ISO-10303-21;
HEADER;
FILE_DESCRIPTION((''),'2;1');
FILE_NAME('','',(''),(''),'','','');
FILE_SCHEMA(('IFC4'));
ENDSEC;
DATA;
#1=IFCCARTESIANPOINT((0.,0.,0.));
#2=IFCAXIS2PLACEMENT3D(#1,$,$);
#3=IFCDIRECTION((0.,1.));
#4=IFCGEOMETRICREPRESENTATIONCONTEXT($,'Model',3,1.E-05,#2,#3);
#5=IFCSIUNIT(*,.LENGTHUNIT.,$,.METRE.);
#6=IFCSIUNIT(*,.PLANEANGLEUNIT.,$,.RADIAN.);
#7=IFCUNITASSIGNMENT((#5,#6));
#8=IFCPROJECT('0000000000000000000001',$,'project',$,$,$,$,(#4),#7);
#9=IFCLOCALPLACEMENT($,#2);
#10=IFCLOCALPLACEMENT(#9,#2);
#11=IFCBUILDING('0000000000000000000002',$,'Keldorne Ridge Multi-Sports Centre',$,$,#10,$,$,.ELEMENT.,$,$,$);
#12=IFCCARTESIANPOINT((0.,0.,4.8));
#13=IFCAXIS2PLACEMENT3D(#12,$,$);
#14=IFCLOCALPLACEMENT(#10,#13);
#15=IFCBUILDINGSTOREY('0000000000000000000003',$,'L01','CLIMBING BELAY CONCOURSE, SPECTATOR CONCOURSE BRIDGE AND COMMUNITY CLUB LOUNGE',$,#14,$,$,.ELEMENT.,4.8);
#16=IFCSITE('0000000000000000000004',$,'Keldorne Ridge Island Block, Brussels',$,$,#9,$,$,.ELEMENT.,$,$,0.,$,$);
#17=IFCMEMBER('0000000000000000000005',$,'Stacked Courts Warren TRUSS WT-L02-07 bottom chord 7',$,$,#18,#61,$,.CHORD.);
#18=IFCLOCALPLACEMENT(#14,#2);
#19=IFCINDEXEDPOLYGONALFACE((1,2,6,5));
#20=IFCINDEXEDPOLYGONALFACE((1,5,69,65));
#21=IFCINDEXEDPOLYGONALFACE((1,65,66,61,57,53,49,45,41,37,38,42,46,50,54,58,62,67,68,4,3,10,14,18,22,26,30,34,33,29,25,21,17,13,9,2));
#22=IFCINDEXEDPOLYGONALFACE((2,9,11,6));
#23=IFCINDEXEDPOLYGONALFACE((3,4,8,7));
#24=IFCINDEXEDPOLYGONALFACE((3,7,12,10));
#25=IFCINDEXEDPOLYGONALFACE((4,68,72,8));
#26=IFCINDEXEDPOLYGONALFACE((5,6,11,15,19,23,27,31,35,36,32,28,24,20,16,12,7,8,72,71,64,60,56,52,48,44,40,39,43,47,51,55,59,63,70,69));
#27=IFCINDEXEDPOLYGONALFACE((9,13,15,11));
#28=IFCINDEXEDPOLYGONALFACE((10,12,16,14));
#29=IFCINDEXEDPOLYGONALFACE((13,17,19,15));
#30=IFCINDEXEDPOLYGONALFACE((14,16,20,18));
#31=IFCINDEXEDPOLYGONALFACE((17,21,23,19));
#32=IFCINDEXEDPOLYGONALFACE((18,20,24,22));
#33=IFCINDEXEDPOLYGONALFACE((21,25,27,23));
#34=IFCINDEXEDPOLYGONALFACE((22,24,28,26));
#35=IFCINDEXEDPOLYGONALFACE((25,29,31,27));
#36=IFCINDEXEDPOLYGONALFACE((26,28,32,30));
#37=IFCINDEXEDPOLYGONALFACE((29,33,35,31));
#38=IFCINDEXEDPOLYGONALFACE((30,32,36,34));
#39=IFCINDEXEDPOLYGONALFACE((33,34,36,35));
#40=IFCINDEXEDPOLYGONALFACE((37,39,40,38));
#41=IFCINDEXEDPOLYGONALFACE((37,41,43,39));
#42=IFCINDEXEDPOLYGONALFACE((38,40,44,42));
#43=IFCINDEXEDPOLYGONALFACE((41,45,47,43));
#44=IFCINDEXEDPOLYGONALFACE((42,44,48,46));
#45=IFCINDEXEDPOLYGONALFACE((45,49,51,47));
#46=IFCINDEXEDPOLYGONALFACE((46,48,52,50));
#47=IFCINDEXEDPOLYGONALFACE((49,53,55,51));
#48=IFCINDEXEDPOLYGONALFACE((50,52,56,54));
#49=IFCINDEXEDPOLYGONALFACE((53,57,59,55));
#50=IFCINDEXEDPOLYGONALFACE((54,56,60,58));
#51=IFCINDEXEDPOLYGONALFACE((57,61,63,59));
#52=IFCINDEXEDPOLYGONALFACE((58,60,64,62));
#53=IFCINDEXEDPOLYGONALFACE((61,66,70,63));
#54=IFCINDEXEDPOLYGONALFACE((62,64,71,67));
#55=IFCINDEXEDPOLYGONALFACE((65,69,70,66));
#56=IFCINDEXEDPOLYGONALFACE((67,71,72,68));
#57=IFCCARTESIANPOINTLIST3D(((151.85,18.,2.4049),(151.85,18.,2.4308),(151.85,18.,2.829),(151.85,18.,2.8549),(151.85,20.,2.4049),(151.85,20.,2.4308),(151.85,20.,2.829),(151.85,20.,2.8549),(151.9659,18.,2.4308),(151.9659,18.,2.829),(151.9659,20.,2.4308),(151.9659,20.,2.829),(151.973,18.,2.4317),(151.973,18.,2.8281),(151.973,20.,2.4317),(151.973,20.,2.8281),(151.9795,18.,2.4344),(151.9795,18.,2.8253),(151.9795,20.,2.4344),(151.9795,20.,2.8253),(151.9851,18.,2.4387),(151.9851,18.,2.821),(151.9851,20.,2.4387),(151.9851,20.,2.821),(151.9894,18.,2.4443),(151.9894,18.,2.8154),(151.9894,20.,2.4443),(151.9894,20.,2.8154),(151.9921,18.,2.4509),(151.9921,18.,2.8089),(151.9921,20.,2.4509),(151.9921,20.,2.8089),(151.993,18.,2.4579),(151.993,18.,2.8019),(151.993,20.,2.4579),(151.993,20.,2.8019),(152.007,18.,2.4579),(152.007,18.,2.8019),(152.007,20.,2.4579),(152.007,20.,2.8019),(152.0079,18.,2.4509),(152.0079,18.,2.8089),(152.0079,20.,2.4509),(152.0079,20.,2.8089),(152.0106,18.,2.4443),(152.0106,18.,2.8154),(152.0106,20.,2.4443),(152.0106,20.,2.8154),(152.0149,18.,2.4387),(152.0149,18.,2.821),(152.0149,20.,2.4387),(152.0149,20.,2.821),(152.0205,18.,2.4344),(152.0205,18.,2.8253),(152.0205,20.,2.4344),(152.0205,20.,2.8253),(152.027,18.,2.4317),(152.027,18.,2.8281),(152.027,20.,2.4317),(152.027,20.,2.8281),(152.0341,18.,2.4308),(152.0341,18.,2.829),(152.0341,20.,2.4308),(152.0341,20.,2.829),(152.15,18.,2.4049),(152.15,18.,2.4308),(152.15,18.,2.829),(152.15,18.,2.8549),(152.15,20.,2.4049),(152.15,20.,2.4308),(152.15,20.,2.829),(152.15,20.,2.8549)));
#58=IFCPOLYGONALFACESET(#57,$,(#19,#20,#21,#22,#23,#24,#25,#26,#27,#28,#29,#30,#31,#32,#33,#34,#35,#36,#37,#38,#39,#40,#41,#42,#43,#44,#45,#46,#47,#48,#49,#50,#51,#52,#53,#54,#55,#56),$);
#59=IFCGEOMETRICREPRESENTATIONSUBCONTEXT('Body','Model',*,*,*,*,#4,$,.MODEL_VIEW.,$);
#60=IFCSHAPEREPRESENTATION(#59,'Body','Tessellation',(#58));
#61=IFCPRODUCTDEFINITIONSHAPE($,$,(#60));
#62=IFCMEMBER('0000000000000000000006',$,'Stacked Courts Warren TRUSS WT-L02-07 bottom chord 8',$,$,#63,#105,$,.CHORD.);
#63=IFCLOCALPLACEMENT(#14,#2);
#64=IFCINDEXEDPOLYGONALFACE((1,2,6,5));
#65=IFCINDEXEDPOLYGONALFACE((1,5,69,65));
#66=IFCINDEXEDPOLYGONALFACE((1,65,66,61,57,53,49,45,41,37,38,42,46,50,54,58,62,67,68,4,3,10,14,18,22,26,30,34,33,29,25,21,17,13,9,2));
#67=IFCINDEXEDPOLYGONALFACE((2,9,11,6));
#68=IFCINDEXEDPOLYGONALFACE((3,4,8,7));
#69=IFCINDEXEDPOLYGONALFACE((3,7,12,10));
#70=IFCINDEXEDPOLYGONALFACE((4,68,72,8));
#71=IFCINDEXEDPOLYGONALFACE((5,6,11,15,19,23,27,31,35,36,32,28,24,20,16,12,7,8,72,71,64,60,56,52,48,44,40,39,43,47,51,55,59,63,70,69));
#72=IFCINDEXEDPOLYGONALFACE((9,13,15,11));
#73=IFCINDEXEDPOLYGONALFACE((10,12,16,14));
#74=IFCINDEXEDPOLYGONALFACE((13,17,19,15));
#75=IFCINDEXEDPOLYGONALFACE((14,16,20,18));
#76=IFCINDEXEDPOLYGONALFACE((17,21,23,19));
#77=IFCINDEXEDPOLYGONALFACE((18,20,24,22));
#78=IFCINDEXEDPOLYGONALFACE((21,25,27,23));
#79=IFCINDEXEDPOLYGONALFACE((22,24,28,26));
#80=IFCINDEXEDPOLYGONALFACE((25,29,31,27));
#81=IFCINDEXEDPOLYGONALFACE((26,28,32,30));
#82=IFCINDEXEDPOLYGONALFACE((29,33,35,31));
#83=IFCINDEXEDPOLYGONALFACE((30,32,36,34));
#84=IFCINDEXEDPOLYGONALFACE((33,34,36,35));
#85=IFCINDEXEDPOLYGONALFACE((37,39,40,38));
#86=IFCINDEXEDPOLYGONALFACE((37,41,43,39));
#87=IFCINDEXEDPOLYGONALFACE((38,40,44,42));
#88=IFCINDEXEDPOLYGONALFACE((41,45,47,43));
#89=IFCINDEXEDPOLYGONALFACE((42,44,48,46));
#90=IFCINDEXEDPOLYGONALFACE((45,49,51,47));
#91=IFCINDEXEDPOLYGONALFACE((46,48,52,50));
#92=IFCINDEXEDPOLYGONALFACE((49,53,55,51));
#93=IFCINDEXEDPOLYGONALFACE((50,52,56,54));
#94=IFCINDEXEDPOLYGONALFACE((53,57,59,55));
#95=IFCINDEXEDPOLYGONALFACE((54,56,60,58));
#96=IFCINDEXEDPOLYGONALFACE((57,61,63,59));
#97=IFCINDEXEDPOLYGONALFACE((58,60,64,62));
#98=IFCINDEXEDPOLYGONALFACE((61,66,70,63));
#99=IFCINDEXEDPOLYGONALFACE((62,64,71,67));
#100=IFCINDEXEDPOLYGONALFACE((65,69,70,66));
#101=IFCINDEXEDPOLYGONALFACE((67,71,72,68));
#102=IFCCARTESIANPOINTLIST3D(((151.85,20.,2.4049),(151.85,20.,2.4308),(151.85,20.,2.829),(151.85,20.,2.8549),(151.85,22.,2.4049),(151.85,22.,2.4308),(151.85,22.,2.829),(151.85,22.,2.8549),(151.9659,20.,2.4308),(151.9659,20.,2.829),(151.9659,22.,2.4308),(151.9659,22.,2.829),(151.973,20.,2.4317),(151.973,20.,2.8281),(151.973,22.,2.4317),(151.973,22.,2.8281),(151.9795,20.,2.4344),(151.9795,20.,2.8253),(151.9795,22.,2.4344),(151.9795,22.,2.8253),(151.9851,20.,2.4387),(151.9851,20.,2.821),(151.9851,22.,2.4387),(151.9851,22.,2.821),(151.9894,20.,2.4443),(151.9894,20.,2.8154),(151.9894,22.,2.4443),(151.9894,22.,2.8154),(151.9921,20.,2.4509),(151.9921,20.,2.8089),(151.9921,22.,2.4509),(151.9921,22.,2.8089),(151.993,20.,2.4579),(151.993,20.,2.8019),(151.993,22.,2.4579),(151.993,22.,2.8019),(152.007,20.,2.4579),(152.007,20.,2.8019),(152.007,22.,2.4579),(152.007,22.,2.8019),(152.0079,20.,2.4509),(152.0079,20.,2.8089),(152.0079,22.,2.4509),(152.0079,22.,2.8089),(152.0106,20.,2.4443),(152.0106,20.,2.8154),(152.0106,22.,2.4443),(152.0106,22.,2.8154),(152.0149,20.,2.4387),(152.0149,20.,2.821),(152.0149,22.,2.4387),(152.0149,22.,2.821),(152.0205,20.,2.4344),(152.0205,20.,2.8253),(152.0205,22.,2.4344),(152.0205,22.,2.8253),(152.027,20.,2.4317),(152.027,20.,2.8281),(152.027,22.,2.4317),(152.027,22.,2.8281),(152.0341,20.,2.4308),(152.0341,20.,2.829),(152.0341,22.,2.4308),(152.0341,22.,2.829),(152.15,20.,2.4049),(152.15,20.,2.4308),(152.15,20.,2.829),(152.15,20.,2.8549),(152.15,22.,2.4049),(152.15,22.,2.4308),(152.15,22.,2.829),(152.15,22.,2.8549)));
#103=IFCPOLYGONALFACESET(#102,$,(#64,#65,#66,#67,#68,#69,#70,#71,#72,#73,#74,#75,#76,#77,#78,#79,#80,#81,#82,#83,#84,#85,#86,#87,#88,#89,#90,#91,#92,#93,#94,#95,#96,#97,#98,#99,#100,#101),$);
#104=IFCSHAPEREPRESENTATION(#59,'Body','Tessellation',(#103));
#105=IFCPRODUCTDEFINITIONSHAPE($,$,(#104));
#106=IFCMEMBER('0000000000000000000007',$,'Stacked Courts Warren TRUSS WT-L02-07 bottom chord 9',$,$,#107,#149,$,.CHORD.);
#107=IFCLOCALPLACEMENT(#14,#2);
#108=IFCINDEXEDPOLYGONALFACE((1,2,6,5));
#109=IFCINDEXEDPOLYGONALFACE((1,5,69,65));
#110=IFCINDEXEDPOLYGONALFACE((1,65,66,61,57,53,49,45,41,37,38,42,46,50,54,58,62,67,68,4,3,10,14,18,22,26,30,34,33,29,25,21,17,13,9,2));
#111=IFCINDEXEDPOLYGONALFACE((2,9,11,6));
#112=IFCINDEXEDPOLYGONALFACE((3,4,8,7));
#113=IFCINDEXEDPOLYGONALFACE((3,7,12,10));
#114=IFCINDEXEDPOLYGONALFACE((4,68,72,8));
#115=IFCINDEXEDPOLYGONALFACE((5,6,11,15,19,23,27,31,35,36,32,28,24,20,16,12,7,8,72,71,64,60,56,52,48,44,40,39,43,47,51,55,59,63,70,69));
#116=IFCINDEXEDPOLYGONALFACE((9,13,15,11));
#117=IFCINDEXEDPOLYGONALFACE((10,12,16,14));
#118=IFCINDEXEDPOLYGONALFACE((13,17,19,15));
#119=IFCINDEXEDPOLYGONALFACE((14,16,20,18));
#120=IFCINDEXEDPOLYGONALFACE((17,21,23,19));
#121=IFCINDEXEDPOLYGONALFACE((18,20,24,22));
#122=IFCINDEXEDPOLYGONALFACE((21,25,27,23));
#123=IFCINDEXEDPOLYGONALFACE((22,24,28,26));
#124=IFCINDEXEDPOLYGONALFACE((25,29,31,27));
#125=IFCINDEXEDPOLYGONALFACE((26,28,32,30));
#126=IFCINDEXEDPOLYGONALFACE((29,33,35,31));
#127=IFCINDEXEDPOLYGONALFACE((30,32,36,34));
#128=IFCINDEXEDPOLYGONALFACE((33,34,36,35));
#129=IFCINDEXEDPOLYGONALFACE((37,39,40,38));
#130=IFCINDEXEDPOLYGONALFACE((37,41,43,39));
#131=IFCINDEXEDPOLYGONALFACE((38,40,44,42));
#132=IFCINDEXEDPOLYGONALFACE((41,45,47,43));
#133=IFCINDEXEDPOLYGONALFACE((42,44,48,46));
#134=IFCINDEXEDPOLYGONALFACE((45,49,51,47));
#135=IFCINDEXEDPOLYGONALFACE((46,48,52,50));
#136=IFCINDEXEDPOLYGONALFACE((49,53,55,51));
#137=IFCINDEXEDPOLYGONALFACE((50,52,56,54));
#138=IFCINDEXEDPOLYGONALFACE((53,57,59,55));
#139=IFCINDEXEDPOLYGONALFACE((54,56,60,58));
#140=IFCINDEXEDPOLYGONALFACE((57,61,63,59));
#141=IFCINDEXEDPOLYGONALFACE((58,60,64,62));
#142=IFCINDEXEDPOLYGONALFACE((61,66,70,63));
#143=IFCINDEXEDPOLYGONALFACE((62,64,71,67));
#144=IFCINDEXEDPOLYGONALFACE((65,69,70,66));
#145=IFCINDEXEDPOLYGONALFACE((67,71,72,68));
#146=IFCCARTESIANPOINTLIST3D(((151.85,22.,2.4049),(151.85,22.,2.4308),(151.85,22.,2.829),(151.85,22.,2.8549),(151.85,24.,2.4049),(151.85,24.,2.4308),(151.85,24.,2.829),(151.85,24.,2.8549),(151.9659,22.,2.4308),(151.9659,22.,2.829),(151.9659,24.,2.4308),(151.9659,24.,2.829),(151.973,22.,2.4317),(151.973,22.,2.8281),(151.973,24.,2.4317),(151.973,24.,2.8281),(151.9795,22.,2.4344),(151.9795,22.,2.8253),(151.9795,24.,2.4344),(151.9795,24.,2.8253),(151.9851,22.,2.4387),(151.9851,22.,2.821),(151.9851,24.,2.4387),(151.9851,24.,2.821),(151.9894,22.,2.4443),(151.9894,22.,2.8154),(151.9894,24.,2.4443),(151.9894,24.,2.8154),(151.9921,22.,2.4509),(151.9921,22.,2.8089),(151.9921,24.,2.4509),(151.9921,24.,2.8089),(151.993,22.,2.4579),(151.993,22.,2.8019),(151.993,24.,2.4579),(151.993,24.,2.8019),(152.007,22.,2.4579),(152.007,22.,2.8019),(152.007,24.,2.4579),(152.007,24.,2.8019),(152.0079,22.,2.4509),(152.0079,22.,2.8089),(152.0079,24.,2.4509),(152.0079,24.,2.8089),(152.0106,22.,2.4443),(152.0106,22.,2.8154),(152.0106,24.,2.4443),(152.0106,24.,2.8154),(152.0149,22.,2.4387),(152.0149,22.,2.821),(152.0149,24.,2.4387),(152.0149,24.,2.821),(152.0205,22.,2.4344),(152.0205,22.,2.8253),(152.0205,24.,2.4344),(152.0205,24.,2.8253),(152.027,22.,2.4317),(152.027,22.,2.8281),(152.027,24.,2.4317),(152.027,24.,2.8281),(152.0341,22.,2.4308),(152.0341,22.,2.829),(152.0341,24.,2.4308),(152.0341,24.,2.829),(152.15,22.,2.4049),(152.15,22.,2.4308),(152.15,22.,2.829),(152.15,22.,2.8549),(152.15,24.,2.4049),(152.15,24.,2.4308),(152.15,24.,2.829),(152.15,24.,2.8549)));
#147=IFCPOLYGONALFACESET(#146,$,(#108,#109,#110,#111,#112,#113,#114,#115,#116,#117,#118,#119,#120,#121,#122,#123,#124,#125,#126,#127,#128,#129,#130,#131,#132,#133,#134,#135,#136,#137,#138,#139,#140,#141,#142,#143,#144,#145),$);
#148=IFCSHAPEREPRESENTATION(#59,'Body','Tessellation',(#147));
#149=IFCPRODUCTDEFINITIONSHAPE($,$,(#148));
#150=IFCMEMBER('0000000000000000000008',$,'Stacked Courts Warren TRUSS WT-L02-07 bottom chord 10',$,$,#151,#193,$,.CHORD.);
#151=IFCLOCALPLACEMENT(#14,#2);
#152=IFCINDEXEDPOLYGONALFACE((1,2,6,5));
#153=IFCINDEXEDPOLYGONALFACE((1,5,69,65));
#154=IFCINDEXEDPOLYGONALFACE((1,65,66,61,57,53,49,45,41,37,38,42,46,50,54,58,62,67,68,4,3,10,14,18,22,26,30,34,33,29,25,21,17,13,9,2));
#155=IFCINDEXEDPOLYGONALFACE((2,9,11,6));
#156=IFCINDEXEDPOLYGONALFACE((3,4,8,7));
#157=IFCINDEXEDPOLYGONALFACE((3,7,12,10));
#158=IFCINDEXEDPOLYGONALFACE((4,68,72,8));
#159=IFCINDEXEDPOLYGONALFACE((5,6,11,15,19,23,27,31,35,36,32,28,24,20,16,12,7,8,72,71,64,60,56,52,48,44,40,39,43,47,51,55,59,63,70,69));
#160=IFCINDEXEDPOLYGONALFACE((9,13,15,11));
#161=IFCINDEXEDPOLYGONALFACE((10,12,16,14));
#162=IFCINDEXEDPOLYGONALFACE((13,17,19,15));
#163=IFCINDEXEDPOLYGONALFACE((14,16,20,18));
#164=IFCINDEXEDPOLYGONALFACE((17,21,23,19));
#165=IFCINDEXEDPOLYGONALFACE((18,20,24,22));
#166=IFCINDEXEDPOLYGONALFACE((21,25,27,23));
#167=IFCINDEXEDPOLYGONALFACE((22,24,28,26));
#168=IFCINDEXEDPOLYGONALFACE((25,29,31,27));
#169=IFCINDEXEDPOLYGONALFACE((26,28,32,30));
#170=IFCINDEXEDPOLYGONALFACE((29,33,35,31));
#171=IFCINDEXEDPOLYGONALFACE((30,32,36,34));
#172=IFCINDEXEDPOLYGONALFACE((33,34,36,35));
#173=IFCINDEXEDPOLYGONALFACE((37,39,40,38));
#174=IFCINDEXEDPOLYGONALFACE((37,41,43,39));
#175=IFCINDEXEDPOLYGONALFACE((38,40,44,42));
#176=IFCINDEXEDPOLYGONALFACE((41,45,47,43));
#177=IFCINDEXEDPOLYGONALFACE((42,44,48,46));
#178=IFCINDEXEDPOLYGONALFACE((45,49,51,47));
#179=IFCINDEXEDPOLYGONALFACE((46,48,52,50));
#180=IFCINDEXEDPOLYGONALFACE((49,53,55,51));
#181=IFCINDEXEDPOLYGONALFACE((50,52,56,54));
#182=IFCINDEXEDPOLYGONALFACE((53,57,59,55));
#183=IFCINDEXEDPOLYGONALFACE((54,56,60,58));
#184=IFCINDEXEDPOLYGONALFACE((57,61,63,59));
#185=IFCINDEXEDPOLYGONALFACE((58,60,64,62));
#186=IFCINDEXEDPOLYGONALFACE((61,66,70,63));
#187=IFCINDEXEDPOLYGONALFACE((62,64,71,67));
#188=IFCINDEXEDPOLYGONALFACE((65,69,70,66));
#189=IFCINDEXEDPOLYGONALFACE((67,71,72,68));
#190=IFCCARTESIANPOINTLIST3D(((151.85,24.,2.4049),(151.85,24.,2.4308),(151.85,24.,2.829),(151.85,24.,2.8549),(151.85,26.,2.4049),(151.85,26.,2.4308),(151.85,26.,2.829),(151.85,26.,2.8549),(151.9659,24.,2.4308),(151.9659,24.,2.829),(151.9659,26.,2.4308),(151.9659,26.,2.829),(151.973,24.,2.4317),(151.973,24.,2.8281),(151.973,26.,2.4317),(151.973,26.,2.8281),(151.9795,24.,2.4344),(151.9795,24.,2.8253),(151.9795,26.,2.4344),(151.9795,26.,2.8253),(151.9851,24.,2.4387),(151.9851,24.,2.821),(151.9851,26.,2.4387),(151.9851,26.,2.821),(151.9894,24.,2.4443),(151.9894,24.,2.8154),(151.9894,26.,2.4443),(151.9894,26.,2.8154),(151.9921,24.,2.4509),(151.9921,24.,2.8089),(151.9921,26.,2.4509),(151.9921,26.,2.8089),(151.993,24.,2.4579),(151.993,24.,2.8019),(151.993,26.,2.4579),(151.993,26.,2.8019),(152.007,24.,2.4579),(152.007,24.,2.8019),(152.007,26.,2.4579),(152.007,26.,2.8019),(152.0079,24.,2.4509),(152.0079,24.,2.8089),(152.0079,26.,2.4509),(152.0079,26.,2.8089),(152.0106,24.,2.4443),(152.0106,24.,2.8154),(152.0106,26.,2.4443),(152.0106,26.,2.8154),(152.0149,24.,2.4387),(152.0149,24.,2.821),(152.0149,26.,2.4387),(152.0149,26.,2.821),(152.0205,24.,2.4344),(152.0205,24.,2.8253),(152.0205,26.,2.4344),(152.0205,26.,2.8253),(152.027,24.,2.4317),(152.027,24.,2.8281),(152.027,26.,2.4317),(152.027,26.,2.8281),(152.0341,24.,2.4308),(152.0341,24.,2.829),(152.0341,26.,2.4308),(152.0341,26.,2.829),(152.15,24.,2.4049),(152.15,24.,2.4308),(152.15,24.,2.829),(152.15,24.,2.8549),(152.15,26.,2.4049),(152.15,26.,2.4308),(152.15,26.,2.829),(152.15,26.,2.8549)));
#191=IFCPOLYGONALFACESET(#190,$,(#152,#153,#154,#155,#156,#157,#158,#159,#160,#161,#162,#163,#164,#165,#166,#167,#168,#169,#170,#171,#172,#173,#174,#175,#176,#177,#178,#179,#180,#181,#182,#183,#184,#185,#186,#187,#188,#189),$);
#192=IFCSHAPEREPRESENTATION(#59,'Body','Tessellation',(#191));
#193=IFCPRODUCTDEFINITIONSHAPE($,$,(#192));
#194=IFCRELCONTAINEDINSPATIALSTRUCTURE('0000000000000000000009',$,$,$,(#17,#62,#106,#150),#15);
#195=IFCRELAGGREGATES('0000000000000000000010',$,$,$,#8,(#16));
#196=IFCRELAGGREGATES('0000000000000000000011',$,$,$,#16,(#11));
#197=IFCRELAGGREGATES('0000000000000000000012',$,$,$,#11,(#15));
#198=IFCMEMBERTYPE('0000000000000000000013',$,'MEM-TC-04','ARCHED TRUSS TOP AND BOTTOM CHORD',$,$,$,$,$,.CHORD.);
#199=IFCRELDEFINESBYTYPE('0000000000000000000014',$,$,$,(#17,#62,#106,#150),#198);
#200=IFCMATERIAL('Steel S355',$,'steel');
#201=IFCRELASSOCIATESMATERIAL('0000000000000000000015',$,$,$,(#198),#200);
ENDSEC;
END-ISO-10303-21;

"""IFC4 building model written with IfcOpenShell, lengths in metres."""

from ifc_helpers import new_model, si_unit, direction, frame, origin, origin_2d, place, context, subcontext, project, spatial, i_section, extrude, material, material_profile, profile_set, type_object, element, save


model = new_model("IFC4")

# Units and contexts
model_context = context("Model", 3, precision=1e-05, world=origin(), true_north=direction((0.0, 1.0)))
body_context = subcontext(model_context, "Body", "Model", "MODEL_VIEW")
ifc_project = project(units=[si_unit("LENGTHUNIT", "METRE"), si_unit("PLANEANGLEUNIT", "RADIAN")], contexts=[model_context])

# Site, building, storey
site_placement = place(None, origin())
site = spatial("IfcSite", under=ifc_project, at=site_placement, Name="Keldorne Ridge Island Block, Brussels", CompositionType="ELEMENT", RefElevation=0.0)
building_placement = place(site_placement, origin())
building = spatial("IfcBuilding", under=site, at=building_placement, Name="Keldorne Ridge Multi-Sports Centre", CompositionType="ELEMENT")
storey_placement = place(building_placement, frame((0.0, 0.0, 4.8)))
storey = spatial("IfcBuildingStorey", under=building, at=storey_placement, Name="L01", Description="CLIMBING BELAY CONCOURSE, SPECTATOR CONCOURSE BRIDGE AND COMMUNITY CLUB LOUNGE", CompositionType="ELEMENT", Elevation=4.8)

# Members
ifc_material = material(Name="Steel S355", Category="steel")
ifc_material_profile_1 = material_profile(ifc_material, i_section(OverallWidth=0.3, OverallDepth=0.45, WebThickness=0.0139, FlangeThickness=0.0259, FilletRadius=0.0271, at=origin_2d()), Name="HEB 450")
ifc_profile_set_1 = profile_set([ifc_material_profile_1], Name="Steel S355")
member_type_1 = type_object("IfcMemberType", Name="MEM-TC-04", Description="ARCHED TRUSS TOP AND BOTTOM CHORD", PredefinedType="CHORD", material=ifc_profile_set_1)
for number, where, z_axis, x_axis, name in (
    (1, (152.0, 18.0, 2.6299), (0.0, 1.0, 0.0), (-1.0, 0.0, 0.0), "Stacked Courts Warren TRUSS WT-L02-07 bottom chord 7"),
    (2, (152.0, 20.0, 2.6299), (0.0, 1.0, 0.0), (-1.0, 0.0, 0.0), "Stacked Courts Warren TRUSS WT-L02-07 bottom chord 8"),
    (3, (152.0, 22.0, 2.6299), (0.0, 1.0, 0.0), (-1.0, 0.0, 0.0), "Stacked Courts Warren TRUSS WT-L02-07 bottom chord 9"),
    (4, (152.0, 24.0, 2.6299), (0.0, 1.0, 0.0), (-1.0, 0.0, 0.0), "Stacked Courts Warren TRUSS WT-L02-07 bottom chord 10"),
):
    element("IfcMember", number, at=place(storey_placement, frame(where, z_axis=z_axis, x_axis=x_axis)), inside=storey, type_object=member_type_1, Name=name, PredefinedType="CHORD", context=body_context, shape_type="SweptSolid", body=[
        extrude(i_section(OverallWidth=0.3, OverallDepth=0.45, WebThickness=0.0139, FlangeThickness=0.0259, FilletRadius=0.0271, at=origin_2d()), origin(), (0.0, 0.0, 1.0), 2.0),
    ])

save(model, "model.ifc")
